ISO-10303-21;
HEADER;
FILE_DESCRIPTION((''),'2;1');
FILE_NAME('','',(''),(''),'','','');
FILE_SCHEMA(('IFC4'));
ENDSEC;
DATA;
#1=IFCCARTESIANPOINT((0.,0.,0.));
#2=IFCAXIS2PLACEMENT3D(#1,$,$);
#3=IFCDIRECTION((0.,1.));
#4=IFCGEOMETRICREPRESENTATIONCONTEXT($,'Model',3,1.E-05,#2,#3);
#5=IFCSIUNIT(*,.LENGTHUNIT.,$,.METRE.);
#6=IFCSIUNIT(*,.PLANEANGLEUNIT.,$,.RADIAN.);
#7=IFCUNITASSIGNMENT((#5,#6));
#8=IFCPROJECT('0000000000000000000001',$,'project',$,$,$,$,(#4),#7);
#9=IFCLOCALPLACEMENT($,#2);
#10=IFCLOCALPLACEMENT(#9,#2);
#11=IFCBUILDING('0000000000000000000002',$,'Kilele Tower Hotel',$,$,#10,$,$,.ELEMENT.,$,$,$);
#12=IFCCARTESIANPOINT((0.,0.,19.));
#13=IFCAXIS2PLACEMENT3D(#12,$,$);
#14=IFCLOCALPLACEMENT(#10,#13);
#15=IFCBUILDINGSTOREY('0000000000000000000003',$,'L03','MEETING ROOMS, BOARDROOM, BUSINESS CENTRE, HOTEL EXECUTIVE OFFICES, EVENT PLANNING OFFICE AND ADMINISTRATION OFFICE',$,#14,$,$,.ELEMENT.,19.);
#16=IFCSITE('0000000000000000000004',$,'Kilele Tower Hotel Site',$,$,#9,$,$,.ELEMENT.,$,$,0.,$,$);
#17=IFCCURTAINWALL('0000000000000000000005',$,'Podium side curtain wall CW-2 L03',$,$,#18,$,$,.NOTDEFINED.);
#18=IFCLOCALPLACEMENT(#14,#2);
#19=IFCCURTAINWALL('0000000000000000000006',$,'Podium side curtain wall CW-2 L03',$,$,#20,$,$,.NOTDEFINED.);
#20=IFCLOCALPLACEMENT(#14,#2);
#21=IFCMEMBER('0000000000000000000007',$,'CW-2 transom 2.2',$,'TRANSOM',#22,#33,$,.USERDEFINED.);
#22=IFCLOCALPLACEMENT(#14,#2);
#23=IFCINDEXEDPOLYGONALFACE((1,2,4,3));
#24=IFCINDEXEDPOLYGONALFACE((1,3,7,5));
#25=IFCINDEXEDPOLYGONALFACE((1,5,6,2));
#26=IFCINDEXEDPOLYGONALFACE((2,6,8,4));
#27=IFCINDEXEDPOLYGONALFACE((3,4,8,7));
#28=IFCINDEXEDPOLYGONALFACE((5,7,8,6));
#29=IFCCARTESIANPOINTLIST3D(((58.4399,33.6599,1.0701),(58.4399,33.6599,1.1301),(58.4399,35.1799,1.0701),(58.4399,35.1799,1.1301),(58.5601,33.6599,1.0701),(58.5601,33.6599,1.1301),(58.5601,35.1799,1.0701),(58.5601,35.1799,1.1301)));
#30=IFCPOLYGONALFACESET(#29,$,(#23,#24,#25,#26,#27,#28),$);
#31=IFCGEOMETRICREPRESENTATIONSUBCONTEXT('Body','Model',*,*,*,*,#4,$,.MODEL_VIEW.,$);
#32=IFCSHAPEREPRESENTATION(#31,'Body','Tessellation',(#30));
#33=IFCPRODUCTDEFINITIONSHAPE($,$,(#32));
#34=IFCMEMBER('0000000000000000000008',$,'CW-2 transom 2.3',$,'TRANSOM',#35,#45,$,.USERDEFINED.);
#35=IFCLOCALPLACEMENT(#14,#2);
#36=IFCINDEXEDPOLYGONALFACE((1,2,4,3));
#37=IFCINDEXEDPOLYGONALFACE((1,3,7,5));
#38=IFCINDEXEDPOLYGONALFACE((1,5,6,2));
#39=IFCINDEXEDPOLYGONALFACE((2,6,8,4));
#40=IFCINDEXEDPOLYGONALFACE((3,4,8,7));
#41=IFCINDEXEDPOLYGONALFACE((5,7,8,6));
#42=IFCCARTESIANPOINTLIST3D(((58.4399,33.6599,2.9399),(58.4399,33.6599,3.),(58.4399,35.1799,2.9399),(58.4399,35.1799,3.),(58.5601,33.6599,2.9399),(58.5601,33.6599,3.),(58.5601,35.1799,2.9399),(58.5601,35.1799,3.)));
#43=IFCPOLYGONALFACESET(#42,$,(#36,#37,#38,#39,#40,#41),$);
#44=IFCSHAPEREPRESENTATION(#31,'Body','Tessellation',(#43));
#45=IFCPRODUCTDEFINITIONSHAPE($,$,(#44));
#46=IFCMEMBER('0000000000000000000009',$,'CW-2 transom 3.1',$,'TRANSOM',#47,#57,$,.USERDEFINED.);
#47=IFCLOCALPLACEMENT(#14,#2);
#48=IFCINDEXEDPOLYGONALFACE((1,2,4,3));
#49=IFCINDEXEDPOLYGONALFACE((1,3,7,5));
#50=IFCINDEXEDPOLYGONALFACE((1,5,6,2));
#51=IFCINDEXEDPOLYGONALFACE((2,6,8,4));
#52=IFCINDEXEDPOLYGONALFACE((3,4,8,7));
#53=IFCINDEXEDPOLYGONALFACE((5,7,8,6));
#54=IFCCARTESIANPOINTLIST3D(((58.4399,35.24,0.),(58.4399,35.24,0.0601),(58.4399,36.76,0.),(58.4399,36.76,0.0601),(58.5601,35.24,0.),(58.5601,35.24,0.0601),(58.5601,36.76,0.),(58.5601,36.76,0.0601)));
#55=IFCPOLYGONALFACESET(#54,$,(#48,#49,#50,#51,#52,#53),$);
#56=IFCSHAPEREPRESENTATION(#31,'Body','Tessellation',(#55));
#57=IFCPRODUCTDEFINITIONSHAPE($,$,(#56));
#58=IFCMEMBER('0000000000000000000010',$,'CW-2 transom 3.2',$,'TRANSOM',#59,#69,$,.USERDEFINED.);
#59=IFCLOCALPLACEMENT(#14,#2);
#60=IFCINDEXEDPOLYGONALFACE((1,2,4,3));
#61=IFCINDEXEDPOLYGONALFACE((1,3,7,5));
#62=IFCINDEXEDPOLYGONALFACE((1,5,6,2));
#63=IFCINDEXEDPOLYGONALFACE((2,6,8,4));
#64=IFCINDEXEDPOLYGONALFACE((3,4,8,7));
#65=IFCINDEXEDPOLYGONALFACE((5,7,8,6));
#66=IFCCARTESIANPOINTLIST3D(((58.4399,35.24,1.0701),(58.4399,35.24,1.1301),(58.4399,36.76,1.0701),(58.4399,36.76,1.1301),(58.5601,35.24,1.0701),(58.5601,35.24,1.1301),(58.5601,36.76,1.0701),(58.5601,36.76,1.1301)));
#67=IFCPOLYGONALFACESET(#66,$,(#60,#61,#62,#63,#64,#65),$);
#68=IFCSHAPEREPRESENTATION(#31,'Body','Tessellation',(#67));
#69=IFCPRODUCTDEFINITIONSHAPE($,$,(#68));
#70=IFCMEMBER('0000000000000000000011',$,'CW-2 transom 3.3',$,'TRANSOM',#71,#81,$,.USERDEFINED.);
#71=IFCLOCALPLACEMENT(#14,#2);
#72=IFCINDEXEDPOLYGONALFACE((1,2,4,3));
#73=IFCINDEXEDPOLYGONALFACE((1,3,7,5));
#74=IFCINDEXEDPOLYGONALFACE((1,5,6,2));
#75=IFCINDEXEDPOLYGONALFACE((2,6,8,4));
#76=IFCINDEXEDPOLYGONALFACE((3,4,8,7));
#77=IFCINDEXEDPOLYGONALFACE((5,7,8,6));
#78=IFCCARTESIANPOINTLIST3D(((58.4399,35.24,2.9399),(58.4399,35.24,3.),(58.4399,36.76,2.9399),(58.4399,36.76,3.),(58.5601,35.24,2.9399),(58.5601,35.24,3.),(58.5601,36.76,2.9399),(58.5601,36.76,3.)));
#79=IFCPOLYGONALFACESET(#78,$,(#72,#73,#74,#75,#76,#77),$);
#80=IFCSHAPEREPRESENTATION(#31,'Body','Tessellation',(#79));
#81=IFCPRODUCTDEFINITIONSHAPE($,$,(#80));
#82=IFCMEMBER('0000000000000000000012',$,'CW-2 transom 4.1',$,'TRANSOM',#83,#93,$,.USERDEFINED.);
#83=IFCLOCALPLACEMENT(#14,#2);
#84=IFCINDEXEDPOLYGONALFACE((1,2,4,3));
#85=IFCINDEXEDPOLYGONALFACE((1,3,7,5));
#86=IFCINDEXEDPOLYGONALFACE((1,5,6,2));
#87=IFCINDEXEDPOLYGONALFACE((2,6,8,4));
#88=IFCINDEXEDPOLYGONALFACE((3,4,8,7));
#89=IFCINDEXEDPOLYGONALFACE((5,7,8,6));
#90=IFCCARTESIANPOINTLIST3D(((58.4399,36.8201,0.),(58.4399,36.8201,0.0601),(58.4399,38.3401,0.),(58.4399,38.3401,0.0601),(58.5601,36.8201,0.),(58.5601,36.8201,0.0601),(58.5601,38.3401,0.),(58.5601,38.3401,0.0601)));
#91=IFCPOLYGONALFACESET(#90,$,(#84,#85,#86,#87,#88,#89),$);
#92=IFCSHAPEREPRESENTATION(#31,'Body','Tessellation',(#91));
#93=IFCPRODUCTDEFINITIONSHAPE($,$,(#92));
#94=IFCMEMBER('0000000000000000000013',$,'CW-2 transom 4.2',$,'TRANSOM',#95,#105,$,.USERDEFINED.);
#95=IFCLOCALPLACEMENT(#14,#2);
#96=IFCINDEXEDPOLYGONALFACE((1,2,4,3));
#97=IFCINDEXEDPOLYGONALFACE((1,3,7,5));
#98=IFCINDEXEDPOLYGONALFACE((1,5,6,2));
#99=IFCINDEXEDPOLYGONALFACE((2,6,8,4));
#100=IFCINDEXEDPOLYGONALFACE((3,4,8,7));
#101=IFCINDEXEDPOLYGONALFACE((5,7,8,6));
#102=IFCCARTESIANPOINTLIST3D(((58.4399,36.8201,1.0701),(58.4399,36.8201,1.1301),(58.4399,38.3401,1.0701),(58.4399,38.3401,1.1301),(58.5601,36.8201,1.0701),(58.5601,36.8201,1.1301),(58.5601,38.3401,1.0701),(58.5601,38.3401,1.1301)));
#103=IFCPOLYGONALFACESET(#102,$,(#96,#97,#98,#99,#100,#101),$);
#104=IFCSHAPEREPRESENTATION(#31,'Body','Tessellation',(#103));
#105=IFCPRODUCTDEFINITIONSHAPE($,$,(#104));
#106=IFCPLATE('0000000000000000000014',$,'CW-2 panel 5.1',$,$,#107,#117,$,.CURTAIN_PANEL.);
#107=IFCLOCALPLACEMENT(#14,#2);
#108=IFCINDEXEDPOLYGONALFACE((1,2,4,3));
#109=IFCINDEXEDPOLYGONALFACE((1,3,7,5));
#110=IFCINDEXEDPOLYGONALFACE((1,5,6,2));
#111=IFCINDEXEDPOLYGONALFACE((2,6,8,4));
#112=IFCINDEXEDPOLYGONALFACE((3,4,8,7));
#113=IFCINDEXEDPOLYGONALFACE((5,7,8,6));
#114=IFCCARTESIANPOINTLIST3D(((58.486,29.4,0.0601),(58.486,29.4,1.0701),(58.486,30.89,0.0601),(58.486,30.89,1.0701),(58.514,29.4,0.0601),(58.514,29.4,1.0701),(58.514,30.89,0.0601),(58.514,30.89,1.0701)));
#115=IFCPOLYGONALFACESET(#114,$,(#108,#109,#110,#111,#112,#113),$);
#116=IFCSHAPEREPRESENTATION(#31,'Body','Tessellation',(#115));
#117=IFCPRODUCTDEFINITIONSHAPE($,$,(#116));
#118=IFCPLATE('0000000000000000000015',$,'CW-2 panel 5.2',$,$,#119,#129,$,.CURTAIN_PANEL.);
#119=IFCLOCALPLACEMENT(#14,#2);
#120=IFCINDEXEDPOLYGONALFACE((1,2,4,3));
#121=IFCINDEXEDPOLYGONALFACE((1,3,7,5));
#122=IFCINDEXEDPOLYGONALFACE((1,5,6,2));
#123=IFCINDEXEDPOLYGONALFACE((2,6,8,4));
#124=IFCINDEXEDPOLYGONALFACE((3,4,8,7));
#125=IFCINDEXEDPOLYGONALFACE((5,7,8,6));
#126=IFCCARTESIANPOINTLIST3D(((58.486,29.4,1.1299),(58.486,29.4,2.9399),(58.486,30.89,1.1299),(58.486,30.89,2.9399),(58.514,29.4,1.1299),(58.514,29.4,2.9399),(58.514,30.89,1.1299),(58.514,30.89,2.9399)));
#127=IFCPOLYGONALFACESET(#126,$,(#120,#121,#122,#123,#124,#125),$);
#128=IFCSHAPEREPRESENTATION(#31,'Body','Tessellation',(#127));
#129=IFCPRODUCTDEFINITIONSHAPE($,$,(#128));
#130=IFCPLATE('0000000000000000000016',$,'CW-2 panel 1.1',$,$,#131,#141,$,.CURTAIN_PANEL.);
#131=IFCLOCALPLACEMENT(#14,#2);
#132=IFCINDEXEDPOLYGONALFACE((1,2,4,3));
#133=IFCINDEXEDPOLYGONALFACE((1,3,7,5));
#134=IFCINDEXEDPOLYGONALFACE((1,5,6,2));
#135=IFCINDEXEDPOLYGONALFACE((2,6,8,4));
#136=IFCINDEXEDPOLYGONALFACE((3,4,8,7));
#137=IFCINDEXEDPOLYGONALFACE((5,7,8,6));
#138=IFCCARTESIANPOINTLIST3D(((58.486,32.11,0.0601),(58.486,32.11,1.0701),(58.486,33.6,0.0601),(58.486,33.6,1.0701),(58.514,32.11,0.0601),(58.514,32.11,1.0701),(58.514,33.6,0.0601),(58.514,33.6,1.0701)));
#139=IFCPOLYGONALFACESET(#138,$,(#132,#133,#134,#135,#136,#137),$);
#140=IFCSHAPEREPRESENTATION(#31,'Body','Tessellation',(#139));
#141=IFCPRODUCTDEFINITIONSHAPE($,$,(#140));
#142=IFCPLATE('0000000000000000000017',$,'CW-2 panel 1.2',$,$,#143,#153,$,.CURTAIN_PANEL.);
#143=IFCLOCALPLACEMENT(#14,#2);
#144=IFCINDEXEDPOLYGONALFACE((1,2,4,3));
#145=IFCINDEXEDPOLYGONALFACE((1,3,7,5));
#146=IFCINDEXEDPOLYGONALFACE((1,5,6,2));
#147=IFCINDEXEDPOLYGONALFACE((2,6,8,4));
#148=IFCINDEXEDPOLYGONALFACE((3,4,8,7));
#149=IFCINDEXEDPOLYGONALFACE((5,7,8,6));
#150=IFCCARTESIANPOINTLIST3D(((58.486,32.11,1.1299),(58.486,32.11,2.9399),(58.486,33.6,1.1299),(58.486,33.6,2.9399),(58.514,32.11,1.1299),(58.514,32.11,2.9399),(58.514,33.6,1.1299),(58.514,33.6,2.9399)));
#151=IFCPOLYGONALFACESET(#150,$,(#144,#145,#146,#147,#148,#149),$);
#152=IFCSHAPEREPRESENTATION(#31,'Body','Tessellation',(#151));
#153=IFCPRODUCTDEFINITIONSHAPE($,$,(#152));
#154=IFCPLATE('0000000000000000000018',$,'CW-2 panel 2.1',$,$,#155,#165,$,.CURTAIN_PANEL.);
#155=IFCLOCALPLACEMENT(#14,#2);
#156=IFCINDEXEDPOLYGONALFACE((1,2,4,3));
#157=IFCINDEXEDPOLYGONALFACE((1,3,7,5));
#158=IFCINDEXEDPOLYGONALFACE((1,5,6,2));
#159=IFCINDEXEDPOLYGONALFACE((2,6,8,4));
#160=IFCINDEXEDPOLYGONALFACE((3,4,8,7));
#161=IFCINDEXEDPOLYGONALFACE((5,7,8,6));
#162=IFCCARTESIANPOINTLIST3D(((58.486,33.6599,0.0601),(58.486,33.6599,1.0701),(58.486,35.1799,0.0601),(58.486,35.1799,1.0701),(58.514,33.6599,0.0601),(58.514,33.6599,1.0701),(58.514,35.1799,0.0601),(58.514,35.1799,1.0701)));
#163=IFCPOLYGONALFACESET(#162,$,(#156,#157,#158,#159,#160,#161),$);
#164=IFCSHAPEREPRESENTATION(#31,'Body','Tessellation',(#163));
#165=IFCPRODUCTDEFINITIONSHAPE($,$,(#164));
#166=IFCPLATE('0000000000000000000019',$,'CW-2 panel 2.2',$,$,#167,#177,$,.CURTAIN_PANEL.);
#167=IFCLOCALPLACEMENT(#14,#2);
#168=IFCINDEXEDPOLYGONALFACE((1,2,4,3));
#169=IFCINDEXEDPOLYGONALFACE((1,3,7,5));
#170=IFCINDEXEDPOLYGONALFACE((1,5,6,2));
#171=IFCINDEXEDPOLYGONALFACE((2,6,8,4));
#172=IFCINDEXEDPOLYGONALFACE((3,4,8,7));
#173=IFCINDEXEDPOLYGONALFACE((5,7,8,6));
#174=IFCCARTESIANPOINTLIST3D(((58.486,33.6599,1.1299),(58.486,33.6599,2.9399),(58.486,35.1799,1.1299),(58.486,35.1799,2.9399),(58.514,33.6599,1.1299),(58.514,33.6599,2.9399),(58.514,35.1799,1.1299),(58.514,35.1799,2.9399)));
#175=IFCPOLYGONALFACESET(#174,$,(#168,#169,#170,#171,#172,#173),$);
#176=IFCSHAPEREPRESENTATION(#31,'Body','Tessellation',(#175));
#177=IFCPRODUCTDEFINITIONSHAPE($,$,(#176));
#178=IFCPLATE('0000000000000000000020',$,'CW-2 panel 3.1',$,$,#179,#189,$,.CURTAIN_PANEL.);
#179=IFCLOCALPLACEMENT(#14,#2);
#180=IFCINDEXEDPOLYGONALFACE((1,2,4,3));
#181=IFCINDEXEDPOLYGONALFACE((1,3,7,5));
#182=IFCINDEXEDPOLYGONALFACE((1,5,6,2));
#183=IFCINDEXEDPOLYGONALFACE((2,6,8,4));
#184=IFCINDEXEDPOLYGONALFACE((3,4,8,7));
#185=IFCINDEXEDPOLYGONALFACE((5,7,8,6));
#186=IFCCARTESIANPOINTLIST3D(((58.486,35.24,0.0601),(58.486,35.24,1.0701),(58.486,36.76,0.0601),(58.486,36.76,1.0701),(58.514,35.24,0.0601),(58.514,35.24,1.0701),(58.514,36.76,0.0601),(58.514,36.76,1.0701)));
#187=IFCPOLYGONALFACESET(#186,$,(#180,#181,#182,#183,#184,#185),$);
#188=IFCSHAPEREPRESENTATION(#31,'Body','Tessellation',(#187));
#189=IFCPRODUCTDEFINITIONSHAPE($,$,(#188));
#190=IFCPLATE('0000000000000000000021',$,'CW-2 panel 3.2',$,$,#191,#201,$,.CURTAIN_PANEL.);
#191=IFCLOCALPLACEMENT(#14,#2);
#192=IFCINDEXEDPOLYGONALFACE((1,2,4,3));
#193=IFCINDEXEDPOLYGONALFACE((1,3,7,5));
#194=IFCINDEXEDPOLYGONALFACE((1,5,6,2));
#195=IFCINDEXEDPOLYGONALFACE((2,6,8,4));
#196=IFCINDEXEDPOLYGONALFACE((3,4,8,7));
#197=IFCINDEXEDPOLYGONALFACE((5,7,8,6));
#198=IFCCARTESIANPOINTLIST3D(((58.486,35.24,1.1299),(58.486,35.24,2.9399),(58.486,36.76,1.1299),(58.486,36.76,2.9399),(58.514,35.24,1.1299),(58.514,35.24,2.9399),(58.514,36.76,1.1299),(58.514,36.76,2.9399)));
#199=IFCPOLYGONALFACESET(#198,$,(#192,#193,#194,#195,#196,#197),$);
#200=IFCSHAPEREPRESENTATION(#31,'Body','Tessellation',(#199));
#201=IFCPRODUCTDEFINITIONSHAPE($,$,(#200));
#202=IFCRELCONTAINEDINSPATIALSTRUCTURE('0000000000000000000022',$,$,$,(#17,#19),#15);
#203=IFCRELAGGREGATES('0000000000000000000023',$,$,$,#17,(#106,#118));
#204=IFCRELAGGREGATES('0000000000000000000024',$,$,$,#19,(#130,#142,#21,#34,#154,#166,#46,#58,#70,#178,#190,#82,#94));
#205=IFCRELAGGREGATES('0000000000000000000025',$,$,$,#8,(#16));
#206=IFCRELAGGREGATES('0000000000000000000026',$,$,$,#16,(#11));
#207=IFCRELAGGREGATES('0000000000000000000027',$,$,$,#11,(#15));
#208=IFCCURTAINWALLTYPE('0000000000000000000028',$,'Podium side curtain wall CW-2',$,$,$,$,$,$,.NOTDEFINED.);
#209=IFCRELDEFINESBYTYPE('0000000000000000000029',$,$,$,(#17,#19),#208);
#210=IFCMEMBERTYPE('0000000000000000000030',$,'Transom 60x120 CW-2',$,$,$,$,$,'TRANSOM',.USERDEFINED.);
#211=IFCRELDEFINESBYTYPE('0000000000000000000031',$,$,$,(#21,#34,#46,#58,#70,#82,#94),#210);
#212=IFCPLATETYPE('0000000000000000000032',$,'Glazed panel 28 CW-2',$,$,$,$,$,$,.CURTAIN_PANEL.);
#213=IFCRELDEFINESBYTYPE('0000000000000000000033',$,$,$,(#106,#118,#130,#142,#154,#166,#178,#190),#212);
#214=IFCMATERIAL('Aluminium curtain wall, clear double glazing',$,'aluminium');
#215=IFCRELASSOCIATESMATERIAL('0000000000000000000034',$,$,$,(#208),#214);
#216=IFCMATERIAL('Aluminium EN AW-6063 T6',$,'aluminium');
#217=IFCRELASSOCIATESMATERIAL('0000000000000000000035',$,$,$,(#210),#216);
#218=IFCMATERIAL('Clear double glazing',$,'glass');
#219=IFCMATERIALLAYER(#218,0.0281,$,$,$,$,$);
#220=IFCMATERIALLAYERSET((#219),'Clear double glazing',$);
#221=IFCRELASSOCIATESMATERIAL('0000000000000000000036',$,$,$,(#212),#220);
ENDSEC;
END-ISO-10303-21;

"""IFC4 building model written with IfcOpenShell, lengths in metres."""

from ifc_helpers import new_model, si_unit, direction, frame, origin, origin_2d, place, context, subcontext, project, spatial, rectangle, extrude, material, layer, layer_set, material_profile, profile_set, type_object, element, aggregate, save


model = new_model("IFC4")

# Units and contexts
model_context = context("Model", 3, precision=1e-05, world=origin(), true_north=direction((0.0, 1.0)))
body_context = subcontext(model_context, "Body", "Model", "MODEL_VIEW")
ifc_project = project(units=[si_unit("LENGTHUNIT", "METRE"), si_unit("PLANEANGLEUNIT", "RADIAN")], contexts=[model_context])

# Site, building, storey
site_placement = place(None, origin())
site = spatial("IfcSite", under=ifc_project, at=site_placement, Name="Kilele Tower Hotel Site", CompositionType="ELEMENT", RefElevation=0.0)
building_placement = place(site_placement, origin())
building = spatial("IfcBuilding", under=site, at=building_placement, Name="Kilele Tower Hotel", CompositionType="ELEMENT")
storey_placement = place(building_placement, frame((0.0, 0.0, 19.0)))
storey = spatial("IfcBuildingStorey", under=building, at=storey_placement, Name="L03", Description="MEETING ROOMS, BOARDROOM, BUSINESS CENTRE, HOTEL EXECUTIVE OFFICES, EVENT PLANNING OFFICE AND ADMINISTRATION OFFICE", CompositionType="ELEMENT", Elevation=19.0)

# Curtain wall
ifc_material_1 = material(Name="Aluminium curtain wall, clear double glazing", Category="aluminium")
curtain_wall_type = type_object("IfcCurtainWallType", Name="Podium side curtain wall CW-2", PredefinedType="NOTDEFINED", material=ifc_material_1)
curtain_wall_1_placement = place(storey_placement, origin())
curtain_wall_1 = element("IfcCurtainWall", 1, at=curtain_wall_1_placement, inside=storey, type_object=curtain_wall_type, Name="Podium side curtain wall CW-2 L03", PredefinedType="NOTDEFINED")

# Curtain wall
curtain_wall_2_placement = place(storey_placement, origin())
curtain_wall_2 = element("IfcCurtainWall", 2, at=curtain_wall_2_placement, inside=storey, type_object=curtain_wall_type, Name="Podium side curtain wall CW-2 L03", PredefinedType="NOTDEFINED")

# Members
ifc_material_2 = material(Name="Aluminium EN AW-6063 T6", Category="aluminium")
ifc_material_profile_1 = material_profile(ifc_material_2, rectangle(XDim=0.1201, YDim=0.0601, at=origin_2d()))
ifc_profile_set_1 = profile_set([ifc_material_profile_1], Name="Aluminium EN AW-6063 T6")
member_type_1 = type_object("IfcMemberType", Name="Transom 60x120 CW-2", ElementType="TRANSOM", PredefinedType="USERDEFINED", material=ifc_profile_set_1)
member_1_placement = place(storey_placement, frame((58.5, 33.6599, 1.1001), z_axis=(0.0, 1.0, 0.0), x_axis=(-1.0, 0.0, 0.0)))
member_1 = element("IfcMember", 3, at=member_1_placement, type_object=member_type_1, Name="CW-2 transom 2.2", ObjectType="TRANSOM", PredefinedType="USERDEFINED", context=body_context, shape_type="SweptSolid", body=[
    extrude(rectangle(XDim=0.1201, YDim=0.0601, at=origin_2d()), origin(), (0.0, 0.0, 1.0), 1.52),
])
member_2_placement = place(storey_placement, frame((58.5, 33.6599, 2.97), z_axis=(0.0, 1.0, 0.0), x_axis=(-1.0, 0.0, 0.0)))
member_2 = element("IfcMember", 4, at=member_2_placement, type_object=member_type_1, Name="CW-2 transom 2.3", ObjectType="TRANSOM", PredefinedType="USERDEFINED", context=body_context, shape_type="SweptSolid", body=[
    extrude(rectangle(XDim=0.1201, YDim=0.0601, at=origin_2d()), origin(), (0.0, 0.0, 1.0), 1.52),
])
member_3_placement = place(storey_placement, frame((58.5, 35.24, 0.03), z_axis=(0.0, 1.0, 0.0), x_axis=(-1.0, 0.0, 0.0)))
member_3 = element("IfcMember", 5, at=member_3_placement, type_object=member_type_1, Name="CW-2 transom 3.1", ObjectType="TRANSOM", PredefinedType="USERDEFINED", context=body_context, shape_type="SweptSolid", body=[
    extrude(rectangle(XDim=0.1201, YDim=0.0601, at=origin_2d()), origin(), (0.0, 0.0, 1.0), 1.52),
])
member_4_placement = place(storey_placement, frame((58.5, 35.24, 1.1001), z_axis=(0.0, 1.0, 0.0), x_axis=(-1.0, 0.0, 0.0)))
member_4 = element("IfcMember", 6, at=member_4_placement, type_object=member_type_1, Name="CW-2 transom 3.2", ObjectType="TRANSOM", PredefinedType="USERDEFINED", context=body_context, shape_type="SweptSolid", body=[
    extrude(rectangle(XDim=0.1201, YDim=0.0601, at=origin_2d()), origin(), (0.0, 0.0, 1.0), 1.52),
])
member_5_placement = place(storey_placement, frame((58.5, 35.24, 2.97), z_axis=(0.0, 1.0, 0.0), x_axis=(-1.0, 0.0, 0.0)))
member_5 = element("IfcMember", 7, at=member_5_placement, type_object=member_type_1, Name="CW-2 transom 3.3", ObjectType="TRANSOM", PredefinedType="USERDEFINED", context=body_context, shape_type="SweptSolid", body=[
    extrude(rectangle(XDim=0.1201, YDim=0.0601, at=origin_2d()), origin(), (0.0, 0.0, 1.0), 1.52),
])
member_6_placement = place(storey_placement, frame((58.5, 36.8201, 0.03), z_axis=(0.0, 1.0, 0.0), x_axis=(-1.0, 0.0, 0.0)))
member_6 = element("IfcMember", 8, at=member_6_placement, type_object=member_type_1, Name="CW-2 transom 4.1", ObjectType="TRANSOM", PredefinedType="USERDEFINED", context=body_context, shape_type="SweptSolid", body=[
    extrude(rectangle(XDim=0.1201, YDim=0.0601, at=origin_2d()), origin(), (0.0, 0.0, 1.0), 1.52),
])
member_7_placement = place(storey_placement, frame((58.5, 36.8201, 1.1001), z_axis=(0.0, 1.0, 0.0), x_axis=(-1.0, 0.0, 0.0)))
member_7 = element("IfcMember", 9, at=member_7_placement, type_object=member_type_1, Name="CW-2 transom 4.2", ObjectType="TRANSOM", PredefinedType="USERDEFINED", context=body_context, shape_type="SweptSolid", body=[
    extrude(rectangle(XDim=0.1201, YDim=0.0601, at=origin_2d()), origin(), (0.0, 0.0, 1.0), 1.52),
])

# Plates
ifc_material_3 = material(Name="Clear double glazing", Category="glass")
ifc_layer = layer(ifc_material_3, 0.0281)
ifc_layer_set = layer_set([ifc_layer], Name="Clear double glazing")
plate_type = type_object("IfcPlateType", Name="Glazed panel 28 CW-2", PredefinedType="CURTAIN_PANEL", material=ifc_layer_set)
plate_1_placement = place(storey_placement, frame((58.5, 30.145, 0.0601), z_axis=(0.0, 0.0, 1.0), x_axis=(0.0, 1.0, 0.0)))
plate_1 = element("IfcPlate", 10, at=plate_1_placement, type_object=plate_type, Name="CW-2 panel 5.1", PredefinedType="CURTAIN_PANEL", context=body_context, shape_type="SweptSolid", body=[
    extrude(rectangle(XDim=1.49, YDim=0.0281, at=origin_2d()), origin(), (0.0, 0.0, 1.0), 1.01),
])
plate_2_placement = place(storey_placement, frame((58.5, 30.145, 1.1299), z_axis=(0.0, 0.0, 1.0), x_axis=(0.0, 1.0, 0.0)))
plate_2 = element("IfcPlate", 11, at=plate_2_placement, type_object=plate_type, Name="CW-2 panel 5.2", PredefinedType="CURTAIN_PANEL", context=body_context, shape_type="SweptSolid", body=[
    extrude(rectangle(XDim=1.49, YDim=0.0281, at=origin_2d()), origin(), (0.0, 0.0, 1.0), 1.8101),
])
aggregate(curtain_wall_1, [plate_1, plate_2])
plate_3_placement = place(storey_placement, frame((58.5, 32.855, 0.0601), z_axis=(0.0, 0.0, 1.0), x_axis=(0.0, 1.0, 0.0)))
plate_3 = element("IfcPlate", 12, at=plate_3_placement, type_object=plate_type, Name="CW-2 panel 1.1", PredefinedType="CURTAIN_PANEL", context=body_context, shape_type="SweptSolid", body=[
    extrude(rectangle(XDim=1.49, YDim=0.0281, at=origin_2d()), origin(), (0.0, 0.0, 1.0), 1.01),
])
plate_4_placement = place(storey_placement, frame((58.5, 32.855, 1.1299), z_axis=(0.0, 0.0, 1.0), x_axis=(0.0, 1.0, 0.0)))
plate_4 = element("IfcPlate", 13, at=plate_4_placement, type_object=plate_type, Name="CW-2 panel 1.2", PredefinedType="CURTAIN_PANEL", context=body_context, shape_type="SweptSolid", body=[
    extrude(rectangle(XDim=1.49, YDim=0.0281, at=origin_2d()), origin(), (0.0, 0.0, 1.0), 1.8101),
])
plate_5_placement = place(storey_placement, frame((58.5, 34.4199, 0.0601), z_axis=(0.0, 0.0, 1.0), x_axis=(0.0, 1.0, 0.0)))
plate_5 = element("IfcPlate", 14, at=plate_5_placement, type_object=plate_type, Name="CW-2 panel 2.1", PredefinedType="CURTAIN_PANEL", context=body_context, shape_type="SweptSolid", body=[
    extrude(rectangle(XDim=1.52, YDim=0.0281, at=origin_2d()), origin(), (0.0, 0.0, 1.0), 1.01),
])
plate_6_placement = place(storey_placement, frame((58.5, 34.4199, 1.1299), z_axis=(0.0, 0.0, 1.0), x_axis=(0.0, 1.0, 0.0)))
plate_6 = element("IfcPlate", 15, at=plate_6_placement, type_object=plate_type, Name="CW-2 panel 2.2", PredefinedType="CURTAIN_PANEL", context=body_context, shape_type="SweptSolid", body=[
    extrude(rectangle(XDim=1.52, YDim=0.0281, at=origin_2d()), origin(), (0.0, 0.0, 1.0), 1.8101),
])
plate_7_placement = place(storey_placement, frame((58.5, 36.0, 0.0601), z_axis=(0.0, 0.0, 1.0), x_axis=(0.0, 1.0, 0.0)))
plate_7 = element("IfcPlate", 16, at=plate_7_placement, type_object=plate_type, Name="CW-2 panel 3.1", PredefinedType="CURTAIN_PANEL", context=body_context, shape_type="SweptSolid", body=[
    extrude(rectangle(XDim=1.52, YDim=0.0281, at=origin_2d()), origin(), (0.0, 0.0, 1.0), 1.01),
])
plate_8_placement = place(storey_placement, frame((58.5, 36.0, 1.1299), z_axis=(0.0, 0.0, 1.0), x_axis=(0.0, 1.0, 0.0)))
plate_8 = element("IfcPlate", 17, at=plate_8_placement, type_object=plate_type, Name="CW-2 panel 3.2", PredefinedType="CURTAIN_PANEL", context=body_context, shape_type="SweptSolid", body=[
    extrude(rectangle(XDim=1.52, YDim=0.0281, at=origin_2d()), origin(), (0.0, 0.0, 1.0), 1.8101),
])
aggregate(curtain_wall_2, [plate_3, plate_4, member_1, member_2, plate_5, plate_6, member_3, member_4, member_5, plate_7, plate_8, member_6, member_7])

save(model, "model.ifc")
